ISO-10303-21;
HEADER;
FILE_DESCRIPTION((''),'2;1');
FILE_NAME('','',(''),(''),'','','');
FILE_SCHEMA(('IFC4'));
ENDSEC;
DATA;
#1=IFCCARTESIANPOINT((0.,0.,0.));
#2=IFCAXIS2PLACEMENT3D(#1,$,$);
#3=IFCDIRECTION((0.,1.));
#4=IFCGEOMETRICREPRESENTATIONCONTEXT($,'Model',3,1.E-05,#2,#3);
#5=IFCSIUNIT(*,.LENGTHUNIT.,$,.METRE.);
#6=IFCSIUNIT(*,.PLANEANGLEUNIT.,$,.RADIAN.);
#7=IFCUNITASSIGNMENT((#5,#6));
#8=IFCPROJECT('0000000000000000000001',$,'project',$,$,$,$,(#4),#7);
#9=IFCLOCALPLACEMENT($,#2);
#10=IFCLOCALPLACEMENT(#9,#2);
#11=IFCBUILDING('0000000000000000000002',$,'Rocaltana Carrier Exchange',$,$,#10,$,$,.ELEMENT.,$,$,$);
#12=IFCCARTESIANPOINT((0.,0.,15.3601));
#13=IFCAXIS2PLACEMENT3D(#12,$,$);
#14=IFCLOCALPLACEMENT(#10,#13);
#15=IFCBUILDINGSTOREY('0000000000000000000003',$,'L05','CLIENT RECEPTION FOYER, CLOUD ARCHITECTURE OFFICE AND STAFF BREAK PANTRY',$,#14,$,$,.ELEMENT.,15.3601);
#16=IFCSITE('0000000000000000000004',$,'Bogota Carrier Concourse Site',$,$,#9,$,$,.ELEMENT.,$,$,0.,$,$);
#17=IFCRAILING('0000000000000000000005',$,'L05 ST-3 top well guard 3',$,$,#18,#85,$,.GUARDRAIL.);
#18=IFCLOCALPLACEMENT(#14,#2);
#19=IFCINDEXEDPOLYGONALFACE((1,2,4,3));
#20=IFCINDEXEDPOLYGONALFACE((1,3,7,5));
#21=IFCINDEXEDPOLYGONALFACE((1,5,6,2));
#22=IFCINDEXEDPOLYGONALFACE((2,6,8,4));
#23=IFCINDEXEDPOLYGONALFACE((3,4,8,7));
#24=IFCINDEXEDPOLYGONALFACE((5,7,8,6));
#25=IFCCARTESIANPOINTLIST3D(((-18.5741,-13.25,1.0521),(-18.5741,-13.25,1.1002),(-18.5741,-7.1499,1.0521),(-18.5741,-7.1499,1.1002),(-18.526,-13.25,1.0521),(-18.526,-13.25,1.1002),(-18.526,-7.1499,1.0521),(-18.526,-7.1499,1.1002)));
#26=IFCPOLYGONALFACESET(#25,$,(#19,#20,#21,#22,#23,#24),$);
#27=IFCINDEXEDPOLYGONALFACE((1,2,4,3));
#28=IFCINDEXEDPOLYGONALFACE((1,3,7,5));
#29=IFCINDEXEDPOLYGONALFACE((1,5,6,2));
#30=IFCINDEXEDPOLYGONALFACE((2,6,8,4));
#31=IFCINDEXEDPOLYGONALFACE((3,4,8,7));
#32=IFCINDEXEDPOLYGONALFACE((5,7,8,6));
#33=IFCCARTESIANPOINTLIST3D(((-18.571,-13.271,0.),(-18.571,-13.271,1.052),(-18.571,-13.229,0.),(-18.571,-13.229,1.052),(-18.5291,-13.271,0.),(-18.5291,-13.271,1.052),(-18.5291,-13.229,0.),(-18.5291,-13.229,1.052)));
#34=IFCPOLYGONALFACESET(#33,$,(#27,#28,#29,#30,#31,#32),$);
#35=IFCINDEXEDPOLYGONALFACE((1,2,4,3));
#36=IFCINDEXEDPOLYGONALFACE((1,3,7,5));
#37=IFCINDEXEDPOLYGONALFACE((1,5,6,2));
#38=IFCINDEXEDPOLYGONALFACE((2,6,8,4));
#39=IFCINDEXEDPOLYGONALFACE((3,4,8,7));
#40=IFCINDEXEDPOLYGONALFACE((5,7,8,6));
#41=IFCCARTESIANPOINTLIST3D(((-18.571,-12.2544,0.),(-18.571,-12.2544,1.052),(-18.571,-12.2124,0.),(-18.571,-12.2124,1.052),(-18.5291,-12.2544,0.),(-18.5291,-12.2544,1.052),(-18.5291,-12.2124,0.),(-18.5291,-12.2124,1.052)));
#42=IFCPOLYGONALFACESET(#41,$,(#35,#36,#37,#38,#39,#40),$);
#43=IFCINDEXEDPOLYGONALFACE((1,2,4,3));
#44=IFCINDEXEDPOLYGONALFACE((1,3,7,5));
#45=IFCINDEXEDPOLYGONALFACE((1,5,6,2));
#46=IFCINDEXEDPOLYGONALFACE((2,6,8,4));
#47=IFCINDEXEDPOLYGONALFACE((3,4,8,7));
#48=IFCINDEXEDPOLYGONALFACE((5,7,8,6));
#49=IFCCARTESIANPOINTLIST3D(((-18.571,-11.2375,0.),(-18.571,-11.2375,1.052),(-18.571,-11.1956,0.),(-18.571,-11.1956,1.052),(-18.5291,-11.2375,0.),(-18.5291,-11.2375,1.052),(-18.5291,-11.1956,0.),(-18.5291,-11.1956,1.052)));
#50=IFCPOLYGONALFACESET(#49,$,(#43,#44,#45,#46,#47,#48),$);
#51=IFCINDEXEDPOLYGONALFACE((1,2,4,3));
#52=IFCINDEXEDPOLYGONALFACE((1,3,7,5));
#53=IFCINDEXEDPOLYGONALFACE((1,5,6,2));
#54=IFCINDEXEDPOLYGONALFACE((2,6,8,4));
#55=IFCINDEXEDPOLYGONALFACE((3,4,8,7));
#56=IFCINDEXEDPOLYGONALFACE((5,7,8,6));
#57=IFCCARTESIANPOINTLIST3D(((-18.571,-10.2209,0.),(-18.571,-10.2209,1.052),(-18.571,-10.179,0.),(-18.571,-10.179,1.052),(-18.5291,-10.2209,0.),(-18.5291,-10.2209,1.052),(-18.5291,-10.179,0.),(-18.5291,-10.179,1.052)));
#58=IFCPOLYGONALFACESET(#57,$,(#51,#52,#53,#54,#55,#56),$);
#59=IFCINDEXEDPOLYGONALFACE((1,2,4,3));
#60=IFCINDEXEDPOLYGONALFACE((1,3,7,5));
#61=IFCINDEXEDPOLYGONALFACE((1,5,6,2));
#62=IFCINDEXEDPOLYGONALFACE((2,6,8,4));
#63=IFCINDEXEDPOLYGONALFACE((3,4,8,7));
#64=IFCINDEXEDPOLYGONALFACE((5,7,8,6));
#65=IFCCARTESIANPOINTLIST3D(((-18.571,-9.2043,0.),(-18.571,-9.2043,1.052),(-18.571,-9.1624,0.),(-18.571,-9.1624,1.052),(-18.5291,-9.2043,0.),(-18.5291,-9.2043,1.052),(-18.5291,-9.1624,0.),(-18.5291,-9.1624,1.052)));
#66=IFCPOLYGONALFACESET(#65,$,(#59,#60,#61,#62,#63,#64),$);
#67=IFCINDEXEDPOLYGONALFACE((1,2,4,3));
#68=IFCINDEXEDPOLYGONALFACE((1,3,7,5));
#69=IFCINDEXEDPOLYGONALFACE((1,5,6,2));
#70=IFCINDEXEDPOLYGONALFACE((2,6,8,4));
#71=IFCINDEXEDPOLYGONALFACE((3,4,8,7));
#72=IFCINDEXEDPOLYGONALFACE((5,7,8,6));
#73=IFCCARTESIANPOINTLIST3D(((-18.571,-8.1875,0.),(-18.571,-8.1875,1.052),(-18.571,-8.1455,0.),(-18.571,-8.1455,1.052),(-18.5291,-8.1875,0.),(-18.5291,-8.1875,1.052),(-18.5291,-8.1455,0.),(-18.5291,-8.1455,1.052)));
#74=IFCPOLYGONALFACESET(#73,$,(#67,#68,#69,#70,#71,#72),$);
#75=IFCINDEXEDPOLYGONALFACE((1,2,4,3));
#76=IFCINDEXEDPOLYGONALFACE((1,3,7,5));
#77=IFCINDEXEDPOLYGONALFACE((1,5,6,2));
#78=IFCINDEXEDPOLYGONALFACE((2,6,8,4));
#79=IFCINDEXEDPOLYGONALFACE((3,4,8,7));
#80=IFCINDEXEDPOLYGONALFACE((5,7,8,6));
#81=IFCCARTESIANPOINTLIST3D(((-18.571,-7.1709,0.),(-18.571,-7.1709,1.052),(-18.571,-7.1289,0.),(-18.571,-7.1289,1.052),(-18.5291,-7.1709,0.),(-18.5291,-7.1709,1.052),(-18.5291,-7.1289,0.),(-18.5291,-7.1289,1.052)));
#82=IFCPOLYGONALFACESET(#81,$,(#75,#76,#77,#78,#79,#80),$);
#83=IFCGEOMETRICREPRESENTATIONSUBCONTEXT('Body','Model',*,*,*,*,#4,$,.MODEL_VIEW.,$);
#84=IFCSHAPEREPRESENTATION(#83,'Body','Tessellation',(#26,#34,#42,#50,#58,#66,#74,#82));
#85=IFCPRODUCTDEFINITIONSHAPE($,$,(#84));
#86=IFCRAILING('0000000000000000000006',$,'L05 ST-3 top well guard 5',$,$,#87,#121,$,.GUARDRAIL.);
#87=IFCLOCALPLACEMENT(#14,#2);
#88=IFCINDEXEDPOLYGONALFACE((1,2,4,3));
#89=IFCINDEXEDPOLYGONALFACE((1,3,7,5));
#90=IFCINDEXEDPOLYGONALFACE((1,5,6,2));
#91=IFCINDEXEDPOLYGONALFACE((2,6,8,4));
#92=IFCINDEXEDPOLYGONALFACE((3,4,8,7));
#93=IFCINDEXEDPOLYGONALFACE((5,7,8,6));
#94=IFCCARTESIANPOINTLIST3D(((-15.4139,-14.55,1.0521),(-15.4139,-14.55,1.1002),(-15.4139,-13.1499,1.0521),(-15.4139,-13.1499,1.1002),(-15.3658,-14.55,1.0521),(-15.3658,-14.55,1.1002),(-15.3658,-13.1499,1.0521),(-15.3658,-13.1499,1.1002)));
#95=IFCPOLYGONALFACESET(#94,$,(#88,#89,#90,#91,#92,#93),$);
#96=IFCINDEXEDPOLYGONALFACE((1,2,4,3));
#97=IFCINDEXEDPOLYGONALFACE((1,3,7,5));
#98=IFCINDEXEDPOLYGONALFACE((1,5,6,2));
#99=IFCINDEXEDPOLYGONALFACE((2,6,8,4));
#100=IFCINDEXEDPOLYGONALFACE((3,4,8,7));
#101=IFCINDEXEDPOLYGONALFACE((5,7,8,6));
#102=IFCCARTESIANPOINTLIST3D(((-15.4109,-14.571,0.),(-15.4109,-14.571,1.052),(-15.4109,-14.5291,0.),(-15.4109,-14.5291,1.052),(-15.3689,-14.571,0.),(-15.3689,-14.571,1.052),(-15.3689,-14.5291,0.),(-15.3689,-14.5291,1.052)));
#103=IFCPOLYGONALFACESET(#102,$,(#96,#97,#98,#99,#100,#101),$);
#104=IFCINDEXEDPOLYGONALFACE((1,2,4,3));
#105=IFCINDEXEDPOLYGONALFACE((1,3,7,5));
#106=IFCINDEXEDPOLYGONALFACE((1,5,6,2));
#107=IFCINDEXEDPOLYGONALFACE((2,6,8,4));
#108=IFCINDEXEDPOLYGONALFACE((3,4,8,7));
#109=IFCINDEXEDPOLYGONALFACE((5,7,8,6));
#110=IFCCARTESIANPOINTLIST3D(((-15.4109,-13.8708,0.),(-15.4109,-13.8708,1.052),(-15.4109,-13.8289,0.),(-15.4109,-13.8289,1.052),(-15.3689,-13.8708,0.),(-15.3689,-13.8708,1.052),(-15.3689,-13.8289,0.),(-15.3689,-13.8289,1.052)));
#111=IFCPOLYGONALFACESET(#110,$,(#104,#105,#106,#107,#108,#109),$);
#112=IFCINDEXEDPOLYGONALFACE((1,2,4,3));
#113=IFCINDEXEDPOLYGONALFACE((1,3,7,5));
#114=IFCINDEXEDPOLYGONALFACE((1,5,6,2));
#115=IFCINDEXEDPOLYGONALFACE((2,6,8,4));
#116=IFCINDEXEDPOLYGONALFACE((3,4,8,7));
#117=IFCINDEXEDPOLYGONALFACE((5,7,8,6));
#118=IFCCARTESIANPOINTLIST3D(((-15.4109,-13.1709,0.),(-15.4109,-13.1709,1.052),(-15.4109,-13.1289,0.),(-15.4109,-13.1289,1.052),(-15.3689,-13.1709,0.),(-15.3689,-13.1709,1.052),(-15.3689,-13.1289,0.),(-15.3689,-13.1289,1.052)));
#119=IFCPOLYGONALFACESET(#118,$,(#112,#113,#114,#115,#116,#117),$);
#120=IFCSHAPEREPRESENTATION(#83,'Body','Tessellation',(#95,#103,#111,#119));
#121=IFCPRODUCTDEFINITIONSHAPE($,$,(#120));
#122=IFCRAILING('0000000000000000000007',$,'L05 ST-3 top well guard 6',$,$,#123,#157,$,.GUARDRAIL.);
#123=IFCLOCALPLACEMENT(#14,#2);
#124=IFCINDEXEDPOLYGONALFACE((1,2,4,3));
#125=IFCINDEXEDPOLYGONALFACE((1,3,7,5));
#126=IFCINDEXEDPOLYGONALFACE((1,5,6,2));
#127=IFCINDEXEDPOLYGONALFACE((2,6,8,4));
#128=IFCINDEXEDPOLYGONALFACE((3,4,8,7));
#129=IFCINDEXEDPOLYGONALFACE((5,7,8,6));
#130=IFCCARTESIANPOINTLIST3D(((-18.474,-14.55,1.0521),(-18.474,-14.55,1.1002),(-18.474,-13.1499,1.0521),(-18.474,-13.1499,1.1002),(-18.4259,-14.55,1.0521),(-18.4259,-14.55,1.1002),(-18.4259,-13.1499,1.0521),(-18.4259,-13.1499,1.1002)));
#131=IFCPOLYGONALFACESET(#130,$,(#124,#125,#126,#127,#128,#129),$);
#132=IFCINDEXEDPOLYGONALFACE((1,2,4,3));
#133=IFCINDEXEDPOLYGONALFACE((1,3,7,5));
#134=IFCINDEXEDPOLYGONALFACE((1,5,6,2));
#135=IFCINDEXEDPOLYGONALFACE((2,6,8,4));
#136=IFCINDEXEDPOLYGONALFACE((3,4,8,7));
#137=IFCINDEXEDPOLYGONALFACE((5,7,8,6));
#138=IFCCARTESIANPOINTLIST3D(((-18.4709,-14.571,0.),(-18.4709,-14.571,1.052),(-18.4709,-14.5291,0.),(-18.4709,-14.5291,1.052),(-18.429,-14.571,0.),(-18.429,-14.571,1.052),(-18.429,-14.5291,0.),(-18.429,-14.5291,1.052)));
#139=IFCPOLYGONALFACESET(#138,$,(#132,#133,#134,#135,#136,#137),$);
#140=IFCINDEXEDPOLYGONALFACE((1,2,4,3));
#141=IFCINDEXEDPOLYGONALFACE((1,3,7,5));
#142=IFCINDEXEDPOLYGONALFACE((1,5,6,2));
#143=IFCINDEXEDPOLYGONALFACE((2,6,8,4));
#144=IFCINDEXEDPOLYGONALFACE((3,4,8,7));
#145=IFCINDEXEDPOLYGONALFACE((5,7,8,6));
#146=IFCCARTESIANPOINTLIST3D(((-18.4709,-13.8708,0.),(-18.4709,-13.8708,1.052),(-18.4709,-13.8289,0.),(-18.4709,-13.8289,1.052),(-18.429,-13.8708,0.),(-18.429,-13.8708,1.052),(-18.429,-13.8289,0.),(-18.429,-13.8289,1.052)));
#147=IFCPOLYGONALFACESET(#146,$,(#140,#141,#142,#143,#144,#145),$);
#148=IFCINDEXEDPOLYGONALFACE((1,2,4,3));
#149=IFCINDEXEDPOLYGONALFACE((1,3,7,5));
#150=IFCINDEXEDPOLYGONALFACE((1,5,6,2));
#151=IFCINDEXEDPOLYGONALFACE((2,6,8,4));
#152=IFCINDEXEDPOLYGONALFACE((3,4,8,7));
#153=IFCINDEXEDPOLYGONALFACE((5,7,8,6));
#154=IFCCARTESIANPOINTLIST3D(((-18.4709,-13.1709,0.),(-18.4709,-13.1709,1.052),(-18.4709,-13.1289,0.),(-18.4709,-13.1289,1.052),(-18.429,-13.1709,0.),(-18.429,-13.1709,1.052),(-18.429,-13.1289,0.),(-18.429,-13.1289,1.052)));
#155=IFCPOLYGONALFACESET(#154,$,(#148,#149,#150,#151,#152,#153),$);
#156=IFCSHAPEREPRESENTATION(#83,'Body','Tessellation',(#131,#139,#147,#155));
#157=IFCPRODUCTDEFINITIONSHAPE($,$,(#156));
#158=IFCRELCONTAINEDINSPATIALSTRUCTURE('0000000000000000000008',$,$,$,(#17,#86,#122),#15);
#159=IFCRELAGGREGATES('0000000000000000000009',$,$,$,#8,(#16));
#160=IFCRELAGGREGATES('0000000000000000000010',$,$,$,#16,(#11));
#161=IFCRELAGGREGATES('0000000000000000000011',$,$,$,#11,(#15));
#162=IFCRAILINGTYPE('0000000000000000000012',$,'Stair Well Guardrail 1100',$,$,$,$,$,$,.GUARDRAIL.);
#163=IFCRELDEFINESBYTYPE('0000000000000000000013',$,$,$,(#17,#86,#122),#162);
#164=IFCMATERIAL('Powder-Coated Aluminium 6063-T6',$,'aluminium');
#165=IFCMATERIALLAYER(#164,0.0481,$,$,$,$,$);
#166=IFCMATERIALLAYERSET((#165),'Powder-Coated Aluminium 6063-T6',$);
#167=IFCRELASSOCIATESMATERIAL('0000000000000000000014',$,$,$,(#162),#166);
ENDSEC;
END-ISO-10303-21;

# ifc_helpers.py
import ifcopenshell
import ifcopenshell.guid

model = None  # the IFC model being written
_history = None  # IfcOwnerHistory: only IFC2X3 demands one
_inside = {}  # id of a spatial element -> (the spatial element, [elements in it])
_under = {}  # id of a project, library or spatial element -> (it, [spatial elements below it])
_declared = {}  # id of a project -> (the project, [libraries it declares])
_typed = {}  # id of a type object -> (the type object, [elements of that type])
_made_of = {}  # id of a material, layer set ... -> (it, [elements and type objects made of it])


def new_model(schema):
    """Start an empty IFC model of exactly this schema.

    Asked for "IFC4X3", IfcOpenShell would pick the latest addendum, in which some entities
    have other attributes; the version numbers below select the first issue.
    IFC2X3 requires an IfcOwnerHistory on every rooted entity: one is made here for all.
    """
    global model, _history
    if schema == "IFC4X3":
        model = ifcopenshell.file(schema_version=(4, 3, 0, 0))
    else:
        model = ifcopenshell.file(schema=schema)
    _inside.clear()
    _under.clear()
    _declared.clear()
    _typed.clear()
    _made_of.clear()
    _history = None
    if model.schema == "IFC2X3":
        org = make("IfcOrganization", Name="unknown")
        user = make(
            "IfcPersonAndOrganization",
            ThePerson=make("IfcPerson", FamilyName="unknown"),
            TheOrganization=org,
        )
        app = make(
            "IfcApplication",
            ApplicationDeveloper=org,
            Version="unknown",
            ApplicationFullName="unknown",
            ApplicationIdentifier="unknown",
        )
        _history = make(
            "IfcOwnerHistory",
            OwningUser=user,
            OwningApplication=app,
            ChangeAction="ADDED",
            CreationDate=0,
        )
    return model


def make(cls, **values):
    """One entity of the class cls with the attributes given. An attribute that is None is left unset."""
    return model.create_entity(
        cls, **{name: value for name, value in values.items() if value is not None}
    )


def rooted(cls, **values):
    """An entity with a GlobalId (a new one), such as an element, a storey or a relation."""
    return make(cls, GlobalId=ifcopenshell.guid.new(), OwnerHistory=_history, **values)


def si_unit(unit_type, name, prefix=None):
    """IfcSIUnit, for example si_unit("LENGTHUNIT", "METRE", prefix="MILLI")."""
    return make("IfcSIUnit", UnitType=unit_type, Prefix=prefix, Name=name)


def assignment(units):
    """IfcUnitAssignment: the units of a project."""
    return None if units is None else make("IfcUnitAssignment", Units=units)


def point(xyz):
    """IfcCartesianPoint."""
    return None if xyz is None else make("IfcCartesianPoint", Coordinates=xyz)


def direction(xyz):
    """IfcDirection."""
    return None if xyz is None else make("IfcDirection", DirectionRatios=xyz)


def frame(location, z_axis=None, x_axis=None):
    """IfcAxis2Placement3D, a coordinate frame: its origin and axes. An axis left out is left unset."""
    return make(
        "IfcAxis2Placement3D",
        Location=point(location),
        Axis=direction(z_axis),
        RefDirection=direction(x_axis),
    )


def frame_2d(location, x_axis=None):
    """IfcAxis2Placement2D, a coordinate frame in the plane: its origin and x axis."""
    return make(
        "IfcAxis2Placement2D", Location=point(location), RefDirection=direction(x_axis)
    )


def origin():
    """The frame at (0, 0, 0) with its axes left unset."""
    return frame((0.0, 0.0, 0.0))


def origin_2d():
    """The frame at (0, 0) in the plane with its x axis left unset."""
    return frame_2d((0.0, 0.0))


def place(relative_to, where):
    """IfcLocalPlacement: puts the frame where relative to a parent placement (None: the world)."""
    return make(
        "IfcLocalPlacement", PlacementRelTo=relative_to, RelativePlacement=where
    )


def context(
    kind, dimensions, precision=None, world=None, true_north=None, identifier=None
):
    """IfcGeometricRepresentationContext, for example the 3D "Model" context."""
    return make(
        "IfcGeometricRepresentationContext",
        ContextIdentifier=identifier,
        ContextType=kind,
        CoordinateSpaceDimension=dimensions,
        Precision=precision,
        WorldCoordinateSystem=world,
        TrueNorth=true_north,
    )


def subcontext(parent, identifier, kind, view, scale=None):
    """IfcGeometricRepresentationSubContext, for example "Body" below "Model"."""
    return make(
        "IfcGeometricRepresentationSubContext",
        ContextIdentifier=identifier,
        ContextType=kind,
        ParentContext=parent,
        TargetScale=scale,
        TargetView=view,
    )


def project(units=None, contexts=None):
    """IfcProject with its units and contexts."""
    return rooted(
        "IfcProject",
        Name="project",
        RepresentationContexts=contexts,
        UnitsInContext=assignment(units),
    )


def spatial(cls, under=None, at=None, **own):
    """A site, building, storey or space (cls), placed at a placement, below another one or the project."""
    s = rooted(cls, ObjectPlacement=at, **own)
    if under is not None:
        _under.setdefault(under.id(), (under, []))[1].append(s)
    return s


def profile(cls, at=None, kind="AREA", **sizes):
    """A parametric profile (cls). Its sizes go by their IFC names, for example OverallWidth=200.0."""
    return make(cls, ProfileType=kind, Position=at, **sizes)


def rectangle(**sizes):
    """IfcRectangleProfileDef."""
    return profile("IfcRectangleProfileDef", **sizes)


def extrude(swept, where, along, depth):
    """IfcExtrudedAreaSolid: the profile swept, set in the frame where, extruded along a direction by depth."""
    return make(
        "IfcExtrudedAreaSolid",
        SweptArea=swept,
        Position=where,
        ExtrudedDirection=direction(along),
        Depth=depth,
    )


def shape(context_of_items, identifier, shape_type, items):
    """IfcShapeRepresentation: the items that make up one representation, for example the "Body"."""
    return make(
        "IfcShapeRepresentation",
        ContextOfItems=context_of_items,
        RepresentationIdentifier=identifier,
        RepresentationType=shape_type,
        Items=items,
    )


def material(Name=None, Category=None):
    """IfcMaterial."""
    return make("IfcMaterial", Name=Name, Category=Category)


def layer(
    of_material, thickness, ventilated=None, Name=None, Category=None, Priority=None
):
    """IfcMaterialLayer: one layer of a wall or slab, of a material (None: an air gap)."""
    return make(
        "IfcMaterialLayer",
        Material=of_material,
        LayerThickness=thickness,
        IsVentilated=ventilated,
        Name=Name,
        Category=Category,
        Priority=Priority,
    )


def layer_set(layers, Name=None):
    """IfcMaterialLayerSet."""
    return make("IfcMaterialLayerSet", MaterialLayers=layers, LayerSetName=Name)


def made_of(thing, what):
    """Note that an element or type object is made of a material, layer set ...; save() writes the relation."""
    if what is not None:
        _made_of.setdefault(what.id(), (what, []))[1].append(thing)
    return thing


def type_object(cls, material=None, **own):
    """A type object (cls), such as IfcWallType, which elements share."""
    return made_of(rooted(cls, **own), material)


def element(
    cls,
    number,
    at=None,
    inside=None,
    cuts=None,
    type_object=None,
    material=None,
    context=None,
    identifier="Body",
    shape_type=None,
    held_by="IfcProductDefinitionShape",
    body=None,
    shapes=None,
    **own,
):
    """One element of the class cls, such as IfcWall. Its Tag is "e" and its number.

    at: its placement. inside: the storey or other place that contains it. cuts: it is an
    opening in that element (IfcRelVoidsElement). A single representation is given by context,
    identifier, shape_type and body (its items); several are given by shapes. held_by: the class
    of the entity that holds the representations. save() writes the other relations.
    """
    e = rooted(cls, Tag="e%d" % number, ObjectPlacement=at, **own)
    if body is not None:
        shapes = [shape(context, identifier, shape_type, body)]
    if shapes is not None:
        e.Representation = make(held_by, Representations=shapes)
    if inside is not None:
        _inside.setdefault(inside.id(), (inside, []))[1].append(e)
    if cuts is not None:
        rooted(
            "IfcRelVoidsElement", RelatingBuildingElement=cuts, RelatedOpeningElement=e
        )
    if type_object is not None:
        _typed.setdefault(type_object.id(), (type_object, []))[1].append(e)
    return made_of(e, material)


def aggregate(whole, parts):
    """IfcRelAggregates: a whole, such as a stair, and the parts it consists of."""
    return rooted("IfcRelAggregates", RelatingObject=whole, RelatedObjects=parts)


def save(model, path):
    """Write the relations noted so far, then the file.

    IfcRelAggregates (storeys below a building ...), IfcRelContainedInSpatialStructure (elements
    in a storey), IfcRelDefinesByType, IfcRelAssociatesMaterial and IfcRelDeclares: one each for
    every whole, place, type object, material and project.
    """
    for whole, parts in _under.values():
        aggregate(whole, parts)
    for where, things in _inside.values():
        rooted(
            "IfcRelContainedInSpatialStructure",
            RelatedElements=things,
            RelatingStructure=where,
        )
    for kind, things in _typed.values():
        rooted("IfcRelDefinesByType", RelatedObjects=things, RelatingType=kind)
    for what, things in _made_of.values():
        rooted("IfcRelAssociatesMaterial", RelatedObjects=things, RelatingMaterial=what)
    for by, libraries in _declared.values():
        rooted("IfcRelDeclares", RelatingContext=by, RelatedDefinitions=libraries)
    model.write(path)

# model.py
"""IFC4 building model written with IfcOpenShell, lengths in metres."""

from ifc_helpers import new_model, si_unit, direction, frame, origin, origin_2d, place, context, subcontext, project, spatial, rectangle, extrude, material, layer, layer_set, type_object, element, save


model = new_model("IFC4")

# Units and contexts
model_context = context("Model", 3, precision=1e-05, world=origin(), true_north=direction((0.0, 1.0)))
body_context = subcontext(model_context, "Body", "Model", "MODEL_VIEW")
ifc_project = project(units=[si_unit("LENGTHUNIT", "METRE"), si_unit("PLANEANGLEUNIT", "RADIAN")], contexts=[model_context])

# Site, building, storey
site_placement = place(None, origin())
site = spatial("IfcSite", under=ifc_project, at=site_placement, Name="Bogota Carrier Concourse Site", CompositionType="ELEMENT", RefElevation=0.0)
building_placement = place(site_placement, origin())
building = spatial("IfcBuilding", under=site, at=building_placement, Name="Rocaltana Carrier Exchange", CompositionType="ELEMENT")
storey_placement = place(building_placement, frame((0.0, 0.0, 15.3601)))
storey = spatial("IfcBuildingStorey", under=building, at=storey_placement, Name="L05", Description="CLIENT RECEPTION FOYER, CLOUD ARCHITECTURE OFFICE AND STAFF BREAK PANTRY", CompositionType="ELEMENT", Elevation=15.3601)

# Railings
ifc_material_1 = material(Name="Powder-Coated Aluminium 6063-T6", Category="aluminium")
ifc_layer_1 = layer(ifc_material_1, 0.0481)
ifc_layer_set_1 = layer_set([ifc_layer_1], Name="Powder-Coated Aluminium 6063-T6")
railing_type_1 = type_object("IfcRailingType", Name="Stair Well Guardrail 1100", PredefinedType="GUARDRAIL", material=ifc_layer_set_1)
railing_1_placement = place(storey_placement, frame((-18.55, -13.25, 0.0)))
element("IfcRailing", 1, at=railing_1_placement, inside=storey, type_object=railing_type_1, Name="L05 ST-3 top well guard 3", PredefinedType="GUARDRAIL", context=body_context, shape_type="SweptSolid", body=[
    extrude(rectangle(XDim=0.0481, YDim=0.0481, at=origin_2d()), frame((0.0, 0.0, 1.0762), z_axis=(0.0, 1.0, 0.0), x_axis=(-1.0, 0.0, 0.0)), (0.0, 0.0, 1.0), 6.1001),
    extrude(rectangle(XDim=0.042, YDim=0.042, at=origin_2d()), origin(), (0.0, 0.0, 1.0), 1.052),
    extrude(rectangle(XDim=0.042, YDim=0.042, at=origin_2d()), frame((0.0, 1.0166, 0.0)), (0.0, 0.0, 1.0), 1.052),
    extrude(rectangle(XDim=0.042, YDim=0.042, at=origin_2d()), frame((0.0, 2.0334, 0.0)), (0.0, 0.0, 1.0), 1.052),
    extrude(rectangle(XDim=0.042, YDim=0.042, at=origin_2d()), frame((0.0, 3.05, 0.0)), (0.0, 0.0, 1.0), 1.052),
    extrude(rectangle(XDim=0.042, YDim=0.042, at=origin_2d()), frame((0.0, 4.0667, 0.0)), (0.0, 0.0, 1.0), 1.052),
    extrude(rectangle(XDim=0.042, YDim=0.042, at=origin_2d()), frame((0.0, 5.0835, 0.0)), (0.0, 0.0, 1.0), 1.052),
    extrude(rectangle(XDim=0.042, YDim=0.042, at=origin_2d()), frame((0.0, 6.1001, 0.0)), (0.0, 0.0, 1.0), 1.052),
])
for number, where, name in (
    (2, (-15.3899, -14.55, 0.0), "L05 ST-3 top well guard 5"),
    (3, (-18.45, -14.55, 0.0), "L05 ST-3 top well guard 6"),
):
    element("IfcRailing", number, at=place(storey_placement, frame(where)), inside=storey, type_object=railing_type_1, Name=name, PredefinedType="GUARDRAIL", context=body_context, shape_type="SweptSolid", body=[
        extrude(rectangle(XDim=0.0481, YDim=0.0481, at=origin_2d()), frame((0.0, 0.0, 1.0762), z_axis=(0.0, 1.0, 0.0), x_axis=(-1.0, 0.0, 0.0)), (0.0, 0.0, 1.0), 1.4001),
        extrude(rectangle(XDim=0.042, YDim=0.042, at=origin_2d()), origin(), (0.0, 0.0, 1.0), 1.052),
        extrude(rectangle(XDim=0.042, YDim=0.042, at=origin_2d()), frame((0.0, 0.7002, 0.0)), (0.0, 0.0, 1.0), 1.052),
        extrude(rectangle(XDim=0.042, YDim=0.042, at=origin_2d()), frame((0.0, 1.4001, 0.0)), (0.0, 0.0, 1.0), 1.052),
    ])

save(model, "model.ifc")
